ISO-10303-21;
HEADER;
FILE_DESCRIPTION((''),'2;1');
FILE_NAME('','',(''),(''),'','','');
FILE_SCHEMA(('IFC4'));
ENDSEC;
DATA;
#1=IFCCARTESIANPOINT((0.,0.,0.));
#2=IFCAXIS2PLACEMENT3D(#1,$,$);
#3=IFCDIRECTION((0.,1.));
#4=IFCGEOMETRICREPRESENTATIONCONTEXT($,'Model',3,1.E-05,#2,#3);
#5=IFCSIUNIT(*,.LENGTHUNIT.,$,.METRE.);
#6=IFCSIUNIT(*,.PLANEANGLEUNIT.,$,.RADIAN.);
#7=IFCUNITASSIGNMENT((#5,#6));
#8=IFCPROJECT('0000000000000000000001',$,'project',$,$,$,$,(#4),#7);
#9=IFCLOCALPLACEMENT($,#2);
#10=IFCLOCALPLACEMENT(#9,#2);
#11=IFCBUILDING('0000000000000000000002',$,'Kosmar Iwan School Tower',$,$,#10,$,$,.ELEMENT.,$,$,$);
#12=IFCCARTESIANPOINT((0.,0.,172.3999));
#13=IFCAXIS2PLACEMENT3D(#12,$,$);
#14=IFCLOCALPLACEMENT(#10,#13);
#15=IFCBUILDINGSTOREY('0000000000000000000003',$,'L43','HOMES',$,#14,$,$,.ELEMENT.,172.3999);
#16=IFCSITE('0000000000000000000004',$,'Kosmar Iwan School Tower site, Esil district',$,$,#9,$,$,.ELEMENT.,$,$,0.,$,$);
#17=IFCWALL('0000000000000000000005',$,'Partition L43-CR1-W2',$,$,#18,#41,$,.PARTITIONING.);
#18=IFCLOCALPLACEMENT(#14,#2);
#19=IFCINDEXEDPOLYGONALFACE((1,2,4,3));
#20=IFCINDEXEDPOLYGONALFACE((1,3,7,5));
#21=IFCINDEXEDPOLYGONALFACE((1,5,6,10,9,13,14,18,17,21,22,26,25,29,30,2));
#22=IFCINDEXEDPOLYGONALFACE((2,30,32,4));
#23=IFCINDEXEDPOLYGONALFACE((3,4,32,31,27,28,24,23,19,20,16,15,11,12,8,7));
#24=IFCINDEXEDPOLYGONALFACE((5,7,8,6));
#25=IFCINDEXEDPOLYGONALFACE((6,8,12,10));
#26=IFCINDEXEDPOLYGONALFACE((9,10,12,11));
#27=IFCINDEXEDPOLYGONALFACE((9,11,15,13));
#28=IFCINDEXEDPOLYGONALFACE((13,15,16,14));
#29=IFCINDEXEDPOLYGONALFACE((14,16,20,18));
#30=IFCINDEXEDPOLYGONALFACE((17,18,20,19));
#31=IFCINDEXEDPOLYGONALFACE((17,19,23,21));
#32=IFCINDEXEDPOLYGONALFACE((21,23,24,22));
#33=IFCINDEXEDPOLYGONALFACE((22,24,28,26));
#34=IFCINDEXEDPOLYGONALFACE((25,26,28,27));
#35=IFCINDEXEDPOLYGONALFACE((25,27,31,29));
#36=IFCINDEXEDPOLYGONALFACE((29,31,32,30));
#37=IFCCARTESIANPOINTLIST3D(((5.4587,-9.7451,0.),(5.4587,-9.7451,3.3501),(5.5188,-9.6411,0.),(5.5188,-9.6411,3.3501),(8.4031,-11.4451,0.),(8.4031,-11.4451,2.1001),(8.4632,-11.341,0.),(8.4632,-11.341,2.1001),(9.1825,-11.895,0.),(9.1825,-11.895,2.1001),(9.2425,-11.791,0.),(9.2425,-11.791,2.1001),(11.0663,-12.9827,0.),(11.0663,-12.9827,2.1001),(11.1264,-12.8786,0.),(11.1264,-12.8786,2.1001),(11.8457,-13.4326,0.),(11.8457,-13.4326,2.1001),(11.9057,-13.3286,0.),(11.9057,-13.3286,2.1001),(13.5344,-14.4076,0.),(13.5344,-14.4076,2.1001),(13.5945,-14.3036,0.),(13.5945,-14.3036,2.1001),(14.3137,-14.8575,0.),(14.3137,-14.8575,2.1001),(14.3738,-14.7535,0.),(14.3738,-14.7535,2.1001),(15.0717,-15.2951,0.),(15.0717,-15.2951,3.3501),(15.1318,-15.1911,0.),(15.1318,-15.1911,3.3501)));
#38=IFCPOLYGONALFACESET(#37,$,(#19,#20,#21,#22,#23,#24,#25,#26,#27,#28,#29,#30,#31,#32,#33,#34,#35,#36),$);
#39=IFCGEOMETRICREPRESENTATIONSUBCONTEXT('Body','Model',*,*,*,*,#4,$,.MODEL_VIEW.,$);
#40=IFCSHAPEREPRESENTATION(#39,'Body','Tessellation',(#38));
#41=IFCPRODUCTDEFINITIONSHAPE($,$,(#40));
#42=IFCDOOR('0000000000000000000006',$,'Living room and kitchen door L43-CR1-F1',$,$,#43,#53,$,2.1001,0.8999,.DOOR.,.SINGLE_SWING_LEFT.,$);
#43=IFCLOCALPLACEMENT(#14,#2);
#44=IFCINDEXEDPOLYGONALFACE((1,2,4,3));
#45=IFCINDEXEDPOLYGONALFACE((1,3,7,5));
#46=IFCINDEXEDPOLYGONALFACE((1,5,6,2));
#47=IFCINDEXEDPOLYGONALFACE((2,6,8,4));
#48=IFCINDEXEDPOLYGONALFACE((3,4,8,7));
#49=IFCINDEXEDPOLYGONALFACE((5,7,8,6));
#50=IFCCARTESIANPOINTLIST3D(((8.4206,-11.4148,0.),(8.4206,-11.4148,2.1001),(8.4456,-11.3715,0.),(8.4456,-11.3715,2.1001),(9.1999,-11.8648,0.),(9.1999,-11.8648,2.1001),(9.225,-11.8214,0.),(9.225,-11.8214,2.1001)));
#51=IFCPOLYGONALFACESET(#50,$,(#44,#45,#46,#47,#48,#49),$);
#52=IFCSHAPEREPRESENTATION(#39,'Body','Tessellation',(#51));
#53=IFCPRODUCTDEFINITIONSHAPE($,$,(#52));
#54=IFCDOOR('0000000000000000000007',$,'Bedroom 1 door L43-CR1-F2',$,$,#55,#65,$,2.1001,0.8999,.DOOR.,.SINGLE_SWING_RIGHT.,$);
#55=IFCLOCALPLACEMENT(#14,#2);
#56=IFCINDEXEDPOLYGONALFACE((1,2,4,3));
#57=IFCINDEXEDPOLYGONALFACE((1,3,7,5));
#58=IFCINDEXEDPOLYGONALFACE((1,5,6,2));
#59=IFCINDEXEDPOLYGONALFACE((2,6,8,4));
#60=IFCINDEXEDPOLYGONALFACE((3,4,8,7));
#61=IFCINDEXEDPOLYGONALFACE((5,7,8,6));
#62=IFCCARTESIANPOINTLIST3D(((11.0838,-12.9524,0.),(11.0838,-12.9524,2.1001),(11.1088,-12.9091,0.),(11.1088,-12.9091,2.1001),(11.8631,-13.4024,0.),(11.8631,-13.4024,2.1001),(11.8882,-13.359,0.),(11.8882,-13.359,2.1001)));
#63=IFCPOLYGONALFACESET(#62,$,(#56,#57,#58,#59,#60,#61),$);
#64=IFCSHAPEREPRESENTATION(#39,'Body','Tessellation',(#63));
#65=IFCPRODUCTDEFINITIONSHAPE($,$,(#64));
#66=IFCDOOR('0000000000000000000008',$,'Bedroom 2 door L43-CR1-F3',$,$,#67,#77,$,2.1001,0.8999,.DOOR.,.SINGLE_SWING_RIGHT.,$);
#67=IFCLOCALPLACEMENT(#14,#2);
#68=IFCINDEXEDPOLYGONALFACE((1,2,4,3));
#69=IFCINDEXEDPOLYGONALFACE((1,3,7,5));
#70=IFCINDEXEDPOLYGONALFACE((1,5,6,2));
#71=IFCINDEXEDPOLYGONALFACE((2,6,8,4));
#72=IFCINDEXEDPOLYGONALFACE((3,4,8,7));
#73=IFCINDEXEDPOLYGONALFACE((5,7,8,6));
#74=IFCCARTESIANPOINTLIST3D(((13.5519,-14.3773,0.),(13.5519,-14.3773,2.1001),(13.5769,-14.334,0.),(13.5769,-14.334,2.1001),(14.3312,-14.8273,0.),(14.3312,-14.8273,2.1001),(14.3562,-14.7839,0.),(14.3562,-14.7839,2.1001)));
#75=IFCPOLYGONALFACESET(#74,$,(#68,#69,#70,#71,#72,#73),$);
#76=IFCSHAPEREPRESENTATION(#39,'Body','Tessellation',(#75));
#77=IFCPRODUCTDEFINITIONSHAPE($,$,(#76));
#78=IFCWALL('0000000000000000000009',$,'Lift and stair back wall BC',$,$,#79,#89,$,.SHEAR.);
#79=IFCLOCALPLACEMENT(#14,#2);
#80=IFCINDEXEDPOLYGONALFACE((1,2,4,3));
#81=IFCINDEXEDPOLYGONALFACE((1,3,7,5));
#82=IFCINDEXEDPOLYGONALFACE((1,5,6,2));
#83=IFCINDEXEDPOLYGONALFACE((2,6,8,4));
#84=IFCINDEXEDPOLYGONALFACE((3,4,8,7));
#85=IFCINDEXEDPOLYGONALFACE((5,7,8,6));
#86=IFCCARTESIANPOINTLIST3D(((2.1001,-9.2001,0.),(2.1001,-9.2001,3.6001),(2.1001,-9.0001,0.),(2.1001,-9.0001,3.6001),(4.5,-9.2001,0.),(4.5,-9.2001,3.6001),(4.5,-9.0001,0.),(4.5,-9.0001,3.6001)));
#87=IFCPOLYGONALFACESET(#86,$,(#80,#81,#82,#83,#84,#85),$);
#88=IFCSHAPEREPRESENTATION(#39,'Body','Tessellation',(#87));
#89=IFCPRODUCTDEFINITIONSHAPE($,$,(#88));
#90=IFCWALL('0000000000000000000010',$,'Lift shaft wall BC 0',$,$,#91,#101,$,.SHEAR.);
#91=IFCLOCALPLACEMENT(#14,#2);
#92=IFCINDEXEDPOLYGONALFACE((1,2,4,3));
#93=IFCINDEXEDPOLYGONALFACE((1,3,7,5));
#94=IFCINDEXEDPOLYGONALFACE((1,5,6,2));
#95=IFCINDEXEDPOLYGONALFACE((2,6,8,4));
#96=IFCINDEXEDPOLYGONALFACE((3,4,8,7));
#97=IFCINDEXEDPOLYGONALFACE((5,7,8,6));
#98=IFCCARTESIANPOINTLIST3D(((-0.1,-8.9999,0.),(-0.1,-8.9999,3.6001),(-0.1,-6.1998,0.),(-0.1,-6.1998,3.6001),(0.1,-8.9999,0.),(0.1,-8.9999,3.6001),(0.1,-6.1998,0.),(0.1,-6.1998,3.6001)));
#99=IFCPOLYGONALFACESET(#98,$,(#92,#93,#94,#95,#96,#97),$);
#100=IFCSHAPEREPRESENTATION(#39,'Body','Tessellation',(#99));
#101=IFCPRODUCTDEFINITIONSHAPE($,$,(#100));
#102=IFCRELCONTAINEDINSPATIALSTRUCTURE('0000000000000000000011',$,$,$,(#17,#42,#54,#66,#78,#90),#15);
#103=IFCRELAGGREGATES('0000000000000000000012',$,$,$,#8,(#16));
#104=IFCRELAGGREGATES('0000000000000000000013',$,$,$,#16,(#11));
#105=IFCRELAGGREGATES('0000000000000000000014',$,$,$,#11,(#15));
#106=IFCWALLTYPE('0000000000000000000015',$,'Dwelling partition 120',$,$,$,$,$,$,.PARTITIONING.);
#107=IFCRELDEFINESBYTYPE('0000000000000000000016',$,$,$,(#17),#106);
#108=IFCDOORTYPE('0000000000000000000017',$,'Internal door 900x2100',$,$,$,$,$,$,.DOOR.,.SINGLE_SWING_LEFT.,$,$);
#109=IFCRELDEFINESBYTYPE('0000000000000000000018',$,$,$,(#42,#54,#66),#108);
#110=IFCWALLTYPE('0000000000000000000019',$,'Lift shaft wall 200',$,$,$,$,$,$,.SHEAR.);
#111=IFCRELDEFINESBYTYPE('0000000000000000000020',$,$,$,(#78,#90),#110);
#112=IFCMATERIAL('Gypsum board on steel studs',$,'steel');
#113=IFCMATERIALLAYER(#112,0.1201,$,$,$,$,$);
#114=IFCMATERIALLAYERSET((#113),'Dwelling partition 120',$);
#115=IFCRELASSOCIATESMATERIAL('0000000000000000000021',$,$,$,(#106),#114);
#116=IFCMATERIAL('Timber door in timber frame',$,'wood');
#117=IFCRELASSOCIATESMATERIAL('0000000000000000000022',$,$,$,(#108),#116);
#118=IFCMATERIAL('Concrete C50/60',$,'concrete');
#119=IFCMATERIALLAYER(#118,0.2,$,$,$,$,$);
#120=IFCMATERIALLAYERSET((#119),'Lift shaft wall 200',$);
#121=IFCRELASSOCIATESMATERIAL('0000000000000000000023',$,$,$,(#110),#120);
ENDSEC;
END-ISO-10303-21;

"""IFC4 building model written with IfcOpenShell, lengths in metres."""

from ifc_helpers import new_model, si_unit, direction, frame, frame_2d, origin, place, context, subcontext, project, spatial, rectangle, extrude, material, layer, layer_set, type_object, element, fill, save


model = new_model("IFC4")

# Units and contexts
model_context = context("Model", 3, precision=1e-05, world=origin(), true_north=direction((0.0, 1.0)))
body_context = subcontext(model_context, "Body", "Model", "MODEL_VIEW")
ifc_project = project(units=[si_unit("LENGTHUNIT", "METRE"), si_unit("PLANEANGLEUNIT", "RADIAN")], contexts=[model_context])

# Site, building, storey
site_placement = place(None, origin())
site = spatial("IfcSite", under=ifc_project, at=site_placement, Name="Kosmar Iwan School Tower site, Esil district", CompositionType="ELEMENT", RefElevation=0.0)
building_placement = place(site_placement, origin())
building = spatial("IfcBuilding", under=site, at=building_placement, Name="Kosmar Iwan School Tower", CompositionType="ELEMENT")
storey_placement = place(building_placement, frame((0.0, 0.0, 172.3999)))
storey = spatial("IfcBuildingStorey", under=building, at=storey_placement, Name="L43", Description="HOMES", CompositionType="ELEMENT", Elevation=172.3999)

# Wall, openings, doors
ifc_material_1 = material(Name="Gypsum board on steel studs", Category="steel")
ifc_layer_1 = layer(ifc_material_1, 0.1201)
ifc_layer_set_1 = layer_set([ifc_layer_1], Name="Dwelling partition 120")
wall_type_1 = type_object("IfcWallType", Name="Dwelling partition 120", PredefinedType="PARTITIONING", material=ifc_layer_set_1)
wall_1_placement = place(storey_placement, frame((5.4888, -9.6931, 0.0), z_axis=(0.0, 0.0, 1.0), x_axis=(0.866027, -0.499997, 0.0)))
wall_1 = element("IfcWall", 1, at=wall_1_placement, inside=storey, type_object=wall_type_1, Name="Partition L43-CR1-W2", PredefinedType="PARTITIONING", context=body_context, shape_type="SweptSolid", body=[
    extrude(rectangle(XDim=11.1001, YDim=0.1201, at=frame_2d((5.55, 0.0))), origin(), (0.0, 0.0, 1.0), 3.3501),
])
opening_1_placement = place(wall_1_placement, frame((3.3999, 0.0, 0.0)))
opening_1 = element("IfcOpeningElement", 2, at=opening_1_placement, cuts=wall_1, PredefinedType="OPENING", context=body_context, shape_type="SweptSolid", body=[
    extrude(rectangle(XDim=0.8999, YDim=2.1001, at=frame_2d((0.45, 1.05))), frame((0.0, 0.072, 0.0), z_axis=(0.0, -1.0, 0.0), x_axis=(1.0, 0.0, 0.0)), (0.0, 0.0, 1.0), 0.144),
])
opening_2_placement = place(wall_1_placement, frame((6.4751, 0.0, 0.0)))
opening_2 = element("IfcOpeningElement", 3, at=opening_2_placement, cuts=wall_1, PredefinedType="OPENING", context=body_context, shape_type="SweptSolid", body=[
    extrude(rectangle(XDim=0.8999, YDim=2.1001, at=frame_2d((0.45, 1.05))), frame((0.0, 0.072, 0.0), z_axis=(0.0, -1.0, 0.0), x_axis=(1.0, 0.0, 0.0)), (0.0, 0.0, 1.0), 0.144),
])
opening_3_placement = place(wall_1_placement, frame((9.325, 0.0, 0.0)))
opening_3 = element("IfcOpeningElement", 4, at=opening_3_placement, cuts=wall_1, PredefinedType="OPENING", context=body_context, shape_type="SweptSolid", body=[
    extrude(rectangle(XDim=0.8999, YDim=2.1001, at=frame_2d((0.45, 1.05))), frame((0.0, 0.072, 0.0), z_axis=(0.0, -1.0, 0.0), x_axis=(1.0, 0.0, 0.0)), (0.0, 0.0, 1.0), 0.144),
])
ifc_material_2 = material(Name="Timber door in timber frame", Category="wood")
door_type = type_object("IfcDoorType", Name="Internal door 900x2100", OperationType="SINGLE_SWING_LEFT", PredefinedType="DOOR", material=ifc_material_2)
door_1_placement = place(opening_1_placement, origin())
door_1 = element("IfcDoor", 5, at=door_1_placement, inside=storey, type_object=door_type, Name="Living room and kitchen door L43-CR1-F1", OperationType="SINGLE_SWING_LEFT", OverallHeight=2.1001, OverallWidth=0.8999, PredefinedType="DOOR", context=body_context, shape_type="SweptSolid", body=[
    extrude(rectangle(XDim=0.8999, YDim=2.1001, at=frame_2d((0.45, 1.05))), frame((0.0, 0.0249, 0.0), z_axis=(0.0, -1.0, 0.0), x_axis=(1.0, 0.0, 0.0)), (0.0, 0.0, 1.0), 0.05),
])
fill(opening_1, door_1)
door_2_placement = place(opening_2_placement, origin())
door_2 = element("IfcDoor", 6, at=door_2_placement, inside=storey, type_object=door_type, Name="Bedroom 1 door L43-CR1-F2", OperationType="SINGLE_SWING_RIGHT", OverallHeight=2.1001, OverallWidth=0.8999, PredefinedType="DOOR", context=body_context, shape_type="SweptSolid", body=[
    extrude(rectangle(XDim=0.8999, YDim=2.1001, at=frame_2d((0.45, 1.05))), frame((0.0, 0.0249, 0.0), z_axis=(0.0, -1.0, 0.0), x_axis=(1.0, 0.0, 0.0)), (0.0, 0.0, 1.0), 0.05),
])
fill(opening_2, door_2)
door_3_placement = place(opening_3_placement, origin())
door_3 = element("IfcDoor", 7, at=door_3_placement, inside=storey, type_object=door_type, Name="Bedroom 2 door L43-CR1-F3", OperationType="SINGLE_SWING_RIGHT", OverallHeight=2.1001, OverallWidth=0.8999, PredefinedType="DOOR", context=body_context, shape_type="SweptSolid", body=[
    extrude(rectangle(XDim=0.8999, YDim=2.1001, at=frame_2d((0.45, 1.05))), frame((0.0, 0.0249, 0.0), z_axis=(0.0, -1.0, 0.0), x_axis=(1.0, 0.0, 0.0)), (0.0, 0.0, 1.0), 0.05),
])
fill(opening_3, door_3)

# Walls
ifc_material_3 = material(Name="Concrete C50/60", Category="concrete")
ifc_layer_2 = layer(ifc_material_3, 0.2)
ifc_layer_set_2 = layer_set([ifc_layer_2], Name="Lift shaft wall 200")
wall_type_2 = type_object("IfcWallType", Name="Lift shaft wall 200", PredefinedType="SHEAR", material=ifc_layer_set_2)
wall_2_placement = place(storey_placement, frame((2.1001, -9.1001, 0.0), z_axis=(0.0, 0.0, 1.0), x_axis=(1.0, 0.0, 0.0)))
element("IfcWall", 8, at=wall_2_placement, inside=storey, type_object=wall_type_2, Name="Lift and stair back wall BC", PredefinedType="SHEAR", context=body_context, shape_type="SweptSolid", body=[
    extrude(rectangle(XDim=2.3999, YDim=0.2, at=frame_2d((1.2, 0.0))), origin(), (0.0, 0.0, 1.0), 3.6001),
])
wall_3_placement = place(storey_placement, frame((0.0, -6.2, 0.0), z_axis=(0.0, 0.0, 1.0), x_axis=(0.0, -1.0, 0.0)))
element("IfcWall", 9, at=wall_3_placement, inside=storey, type_object=wall_type_2, Name="Lift shaft wall BC 0", PredefinedType="SHEAR", context=body_context, shape_type="SweptSolid", body=[
    extrude(rectangle(XDim=2.8, YDim=0.2, at=frame_2d((1.3999, 0.0))), origin(), (0.0, 0.0, 1.0), 3.6001),
])

save(model, "model.ifc")
